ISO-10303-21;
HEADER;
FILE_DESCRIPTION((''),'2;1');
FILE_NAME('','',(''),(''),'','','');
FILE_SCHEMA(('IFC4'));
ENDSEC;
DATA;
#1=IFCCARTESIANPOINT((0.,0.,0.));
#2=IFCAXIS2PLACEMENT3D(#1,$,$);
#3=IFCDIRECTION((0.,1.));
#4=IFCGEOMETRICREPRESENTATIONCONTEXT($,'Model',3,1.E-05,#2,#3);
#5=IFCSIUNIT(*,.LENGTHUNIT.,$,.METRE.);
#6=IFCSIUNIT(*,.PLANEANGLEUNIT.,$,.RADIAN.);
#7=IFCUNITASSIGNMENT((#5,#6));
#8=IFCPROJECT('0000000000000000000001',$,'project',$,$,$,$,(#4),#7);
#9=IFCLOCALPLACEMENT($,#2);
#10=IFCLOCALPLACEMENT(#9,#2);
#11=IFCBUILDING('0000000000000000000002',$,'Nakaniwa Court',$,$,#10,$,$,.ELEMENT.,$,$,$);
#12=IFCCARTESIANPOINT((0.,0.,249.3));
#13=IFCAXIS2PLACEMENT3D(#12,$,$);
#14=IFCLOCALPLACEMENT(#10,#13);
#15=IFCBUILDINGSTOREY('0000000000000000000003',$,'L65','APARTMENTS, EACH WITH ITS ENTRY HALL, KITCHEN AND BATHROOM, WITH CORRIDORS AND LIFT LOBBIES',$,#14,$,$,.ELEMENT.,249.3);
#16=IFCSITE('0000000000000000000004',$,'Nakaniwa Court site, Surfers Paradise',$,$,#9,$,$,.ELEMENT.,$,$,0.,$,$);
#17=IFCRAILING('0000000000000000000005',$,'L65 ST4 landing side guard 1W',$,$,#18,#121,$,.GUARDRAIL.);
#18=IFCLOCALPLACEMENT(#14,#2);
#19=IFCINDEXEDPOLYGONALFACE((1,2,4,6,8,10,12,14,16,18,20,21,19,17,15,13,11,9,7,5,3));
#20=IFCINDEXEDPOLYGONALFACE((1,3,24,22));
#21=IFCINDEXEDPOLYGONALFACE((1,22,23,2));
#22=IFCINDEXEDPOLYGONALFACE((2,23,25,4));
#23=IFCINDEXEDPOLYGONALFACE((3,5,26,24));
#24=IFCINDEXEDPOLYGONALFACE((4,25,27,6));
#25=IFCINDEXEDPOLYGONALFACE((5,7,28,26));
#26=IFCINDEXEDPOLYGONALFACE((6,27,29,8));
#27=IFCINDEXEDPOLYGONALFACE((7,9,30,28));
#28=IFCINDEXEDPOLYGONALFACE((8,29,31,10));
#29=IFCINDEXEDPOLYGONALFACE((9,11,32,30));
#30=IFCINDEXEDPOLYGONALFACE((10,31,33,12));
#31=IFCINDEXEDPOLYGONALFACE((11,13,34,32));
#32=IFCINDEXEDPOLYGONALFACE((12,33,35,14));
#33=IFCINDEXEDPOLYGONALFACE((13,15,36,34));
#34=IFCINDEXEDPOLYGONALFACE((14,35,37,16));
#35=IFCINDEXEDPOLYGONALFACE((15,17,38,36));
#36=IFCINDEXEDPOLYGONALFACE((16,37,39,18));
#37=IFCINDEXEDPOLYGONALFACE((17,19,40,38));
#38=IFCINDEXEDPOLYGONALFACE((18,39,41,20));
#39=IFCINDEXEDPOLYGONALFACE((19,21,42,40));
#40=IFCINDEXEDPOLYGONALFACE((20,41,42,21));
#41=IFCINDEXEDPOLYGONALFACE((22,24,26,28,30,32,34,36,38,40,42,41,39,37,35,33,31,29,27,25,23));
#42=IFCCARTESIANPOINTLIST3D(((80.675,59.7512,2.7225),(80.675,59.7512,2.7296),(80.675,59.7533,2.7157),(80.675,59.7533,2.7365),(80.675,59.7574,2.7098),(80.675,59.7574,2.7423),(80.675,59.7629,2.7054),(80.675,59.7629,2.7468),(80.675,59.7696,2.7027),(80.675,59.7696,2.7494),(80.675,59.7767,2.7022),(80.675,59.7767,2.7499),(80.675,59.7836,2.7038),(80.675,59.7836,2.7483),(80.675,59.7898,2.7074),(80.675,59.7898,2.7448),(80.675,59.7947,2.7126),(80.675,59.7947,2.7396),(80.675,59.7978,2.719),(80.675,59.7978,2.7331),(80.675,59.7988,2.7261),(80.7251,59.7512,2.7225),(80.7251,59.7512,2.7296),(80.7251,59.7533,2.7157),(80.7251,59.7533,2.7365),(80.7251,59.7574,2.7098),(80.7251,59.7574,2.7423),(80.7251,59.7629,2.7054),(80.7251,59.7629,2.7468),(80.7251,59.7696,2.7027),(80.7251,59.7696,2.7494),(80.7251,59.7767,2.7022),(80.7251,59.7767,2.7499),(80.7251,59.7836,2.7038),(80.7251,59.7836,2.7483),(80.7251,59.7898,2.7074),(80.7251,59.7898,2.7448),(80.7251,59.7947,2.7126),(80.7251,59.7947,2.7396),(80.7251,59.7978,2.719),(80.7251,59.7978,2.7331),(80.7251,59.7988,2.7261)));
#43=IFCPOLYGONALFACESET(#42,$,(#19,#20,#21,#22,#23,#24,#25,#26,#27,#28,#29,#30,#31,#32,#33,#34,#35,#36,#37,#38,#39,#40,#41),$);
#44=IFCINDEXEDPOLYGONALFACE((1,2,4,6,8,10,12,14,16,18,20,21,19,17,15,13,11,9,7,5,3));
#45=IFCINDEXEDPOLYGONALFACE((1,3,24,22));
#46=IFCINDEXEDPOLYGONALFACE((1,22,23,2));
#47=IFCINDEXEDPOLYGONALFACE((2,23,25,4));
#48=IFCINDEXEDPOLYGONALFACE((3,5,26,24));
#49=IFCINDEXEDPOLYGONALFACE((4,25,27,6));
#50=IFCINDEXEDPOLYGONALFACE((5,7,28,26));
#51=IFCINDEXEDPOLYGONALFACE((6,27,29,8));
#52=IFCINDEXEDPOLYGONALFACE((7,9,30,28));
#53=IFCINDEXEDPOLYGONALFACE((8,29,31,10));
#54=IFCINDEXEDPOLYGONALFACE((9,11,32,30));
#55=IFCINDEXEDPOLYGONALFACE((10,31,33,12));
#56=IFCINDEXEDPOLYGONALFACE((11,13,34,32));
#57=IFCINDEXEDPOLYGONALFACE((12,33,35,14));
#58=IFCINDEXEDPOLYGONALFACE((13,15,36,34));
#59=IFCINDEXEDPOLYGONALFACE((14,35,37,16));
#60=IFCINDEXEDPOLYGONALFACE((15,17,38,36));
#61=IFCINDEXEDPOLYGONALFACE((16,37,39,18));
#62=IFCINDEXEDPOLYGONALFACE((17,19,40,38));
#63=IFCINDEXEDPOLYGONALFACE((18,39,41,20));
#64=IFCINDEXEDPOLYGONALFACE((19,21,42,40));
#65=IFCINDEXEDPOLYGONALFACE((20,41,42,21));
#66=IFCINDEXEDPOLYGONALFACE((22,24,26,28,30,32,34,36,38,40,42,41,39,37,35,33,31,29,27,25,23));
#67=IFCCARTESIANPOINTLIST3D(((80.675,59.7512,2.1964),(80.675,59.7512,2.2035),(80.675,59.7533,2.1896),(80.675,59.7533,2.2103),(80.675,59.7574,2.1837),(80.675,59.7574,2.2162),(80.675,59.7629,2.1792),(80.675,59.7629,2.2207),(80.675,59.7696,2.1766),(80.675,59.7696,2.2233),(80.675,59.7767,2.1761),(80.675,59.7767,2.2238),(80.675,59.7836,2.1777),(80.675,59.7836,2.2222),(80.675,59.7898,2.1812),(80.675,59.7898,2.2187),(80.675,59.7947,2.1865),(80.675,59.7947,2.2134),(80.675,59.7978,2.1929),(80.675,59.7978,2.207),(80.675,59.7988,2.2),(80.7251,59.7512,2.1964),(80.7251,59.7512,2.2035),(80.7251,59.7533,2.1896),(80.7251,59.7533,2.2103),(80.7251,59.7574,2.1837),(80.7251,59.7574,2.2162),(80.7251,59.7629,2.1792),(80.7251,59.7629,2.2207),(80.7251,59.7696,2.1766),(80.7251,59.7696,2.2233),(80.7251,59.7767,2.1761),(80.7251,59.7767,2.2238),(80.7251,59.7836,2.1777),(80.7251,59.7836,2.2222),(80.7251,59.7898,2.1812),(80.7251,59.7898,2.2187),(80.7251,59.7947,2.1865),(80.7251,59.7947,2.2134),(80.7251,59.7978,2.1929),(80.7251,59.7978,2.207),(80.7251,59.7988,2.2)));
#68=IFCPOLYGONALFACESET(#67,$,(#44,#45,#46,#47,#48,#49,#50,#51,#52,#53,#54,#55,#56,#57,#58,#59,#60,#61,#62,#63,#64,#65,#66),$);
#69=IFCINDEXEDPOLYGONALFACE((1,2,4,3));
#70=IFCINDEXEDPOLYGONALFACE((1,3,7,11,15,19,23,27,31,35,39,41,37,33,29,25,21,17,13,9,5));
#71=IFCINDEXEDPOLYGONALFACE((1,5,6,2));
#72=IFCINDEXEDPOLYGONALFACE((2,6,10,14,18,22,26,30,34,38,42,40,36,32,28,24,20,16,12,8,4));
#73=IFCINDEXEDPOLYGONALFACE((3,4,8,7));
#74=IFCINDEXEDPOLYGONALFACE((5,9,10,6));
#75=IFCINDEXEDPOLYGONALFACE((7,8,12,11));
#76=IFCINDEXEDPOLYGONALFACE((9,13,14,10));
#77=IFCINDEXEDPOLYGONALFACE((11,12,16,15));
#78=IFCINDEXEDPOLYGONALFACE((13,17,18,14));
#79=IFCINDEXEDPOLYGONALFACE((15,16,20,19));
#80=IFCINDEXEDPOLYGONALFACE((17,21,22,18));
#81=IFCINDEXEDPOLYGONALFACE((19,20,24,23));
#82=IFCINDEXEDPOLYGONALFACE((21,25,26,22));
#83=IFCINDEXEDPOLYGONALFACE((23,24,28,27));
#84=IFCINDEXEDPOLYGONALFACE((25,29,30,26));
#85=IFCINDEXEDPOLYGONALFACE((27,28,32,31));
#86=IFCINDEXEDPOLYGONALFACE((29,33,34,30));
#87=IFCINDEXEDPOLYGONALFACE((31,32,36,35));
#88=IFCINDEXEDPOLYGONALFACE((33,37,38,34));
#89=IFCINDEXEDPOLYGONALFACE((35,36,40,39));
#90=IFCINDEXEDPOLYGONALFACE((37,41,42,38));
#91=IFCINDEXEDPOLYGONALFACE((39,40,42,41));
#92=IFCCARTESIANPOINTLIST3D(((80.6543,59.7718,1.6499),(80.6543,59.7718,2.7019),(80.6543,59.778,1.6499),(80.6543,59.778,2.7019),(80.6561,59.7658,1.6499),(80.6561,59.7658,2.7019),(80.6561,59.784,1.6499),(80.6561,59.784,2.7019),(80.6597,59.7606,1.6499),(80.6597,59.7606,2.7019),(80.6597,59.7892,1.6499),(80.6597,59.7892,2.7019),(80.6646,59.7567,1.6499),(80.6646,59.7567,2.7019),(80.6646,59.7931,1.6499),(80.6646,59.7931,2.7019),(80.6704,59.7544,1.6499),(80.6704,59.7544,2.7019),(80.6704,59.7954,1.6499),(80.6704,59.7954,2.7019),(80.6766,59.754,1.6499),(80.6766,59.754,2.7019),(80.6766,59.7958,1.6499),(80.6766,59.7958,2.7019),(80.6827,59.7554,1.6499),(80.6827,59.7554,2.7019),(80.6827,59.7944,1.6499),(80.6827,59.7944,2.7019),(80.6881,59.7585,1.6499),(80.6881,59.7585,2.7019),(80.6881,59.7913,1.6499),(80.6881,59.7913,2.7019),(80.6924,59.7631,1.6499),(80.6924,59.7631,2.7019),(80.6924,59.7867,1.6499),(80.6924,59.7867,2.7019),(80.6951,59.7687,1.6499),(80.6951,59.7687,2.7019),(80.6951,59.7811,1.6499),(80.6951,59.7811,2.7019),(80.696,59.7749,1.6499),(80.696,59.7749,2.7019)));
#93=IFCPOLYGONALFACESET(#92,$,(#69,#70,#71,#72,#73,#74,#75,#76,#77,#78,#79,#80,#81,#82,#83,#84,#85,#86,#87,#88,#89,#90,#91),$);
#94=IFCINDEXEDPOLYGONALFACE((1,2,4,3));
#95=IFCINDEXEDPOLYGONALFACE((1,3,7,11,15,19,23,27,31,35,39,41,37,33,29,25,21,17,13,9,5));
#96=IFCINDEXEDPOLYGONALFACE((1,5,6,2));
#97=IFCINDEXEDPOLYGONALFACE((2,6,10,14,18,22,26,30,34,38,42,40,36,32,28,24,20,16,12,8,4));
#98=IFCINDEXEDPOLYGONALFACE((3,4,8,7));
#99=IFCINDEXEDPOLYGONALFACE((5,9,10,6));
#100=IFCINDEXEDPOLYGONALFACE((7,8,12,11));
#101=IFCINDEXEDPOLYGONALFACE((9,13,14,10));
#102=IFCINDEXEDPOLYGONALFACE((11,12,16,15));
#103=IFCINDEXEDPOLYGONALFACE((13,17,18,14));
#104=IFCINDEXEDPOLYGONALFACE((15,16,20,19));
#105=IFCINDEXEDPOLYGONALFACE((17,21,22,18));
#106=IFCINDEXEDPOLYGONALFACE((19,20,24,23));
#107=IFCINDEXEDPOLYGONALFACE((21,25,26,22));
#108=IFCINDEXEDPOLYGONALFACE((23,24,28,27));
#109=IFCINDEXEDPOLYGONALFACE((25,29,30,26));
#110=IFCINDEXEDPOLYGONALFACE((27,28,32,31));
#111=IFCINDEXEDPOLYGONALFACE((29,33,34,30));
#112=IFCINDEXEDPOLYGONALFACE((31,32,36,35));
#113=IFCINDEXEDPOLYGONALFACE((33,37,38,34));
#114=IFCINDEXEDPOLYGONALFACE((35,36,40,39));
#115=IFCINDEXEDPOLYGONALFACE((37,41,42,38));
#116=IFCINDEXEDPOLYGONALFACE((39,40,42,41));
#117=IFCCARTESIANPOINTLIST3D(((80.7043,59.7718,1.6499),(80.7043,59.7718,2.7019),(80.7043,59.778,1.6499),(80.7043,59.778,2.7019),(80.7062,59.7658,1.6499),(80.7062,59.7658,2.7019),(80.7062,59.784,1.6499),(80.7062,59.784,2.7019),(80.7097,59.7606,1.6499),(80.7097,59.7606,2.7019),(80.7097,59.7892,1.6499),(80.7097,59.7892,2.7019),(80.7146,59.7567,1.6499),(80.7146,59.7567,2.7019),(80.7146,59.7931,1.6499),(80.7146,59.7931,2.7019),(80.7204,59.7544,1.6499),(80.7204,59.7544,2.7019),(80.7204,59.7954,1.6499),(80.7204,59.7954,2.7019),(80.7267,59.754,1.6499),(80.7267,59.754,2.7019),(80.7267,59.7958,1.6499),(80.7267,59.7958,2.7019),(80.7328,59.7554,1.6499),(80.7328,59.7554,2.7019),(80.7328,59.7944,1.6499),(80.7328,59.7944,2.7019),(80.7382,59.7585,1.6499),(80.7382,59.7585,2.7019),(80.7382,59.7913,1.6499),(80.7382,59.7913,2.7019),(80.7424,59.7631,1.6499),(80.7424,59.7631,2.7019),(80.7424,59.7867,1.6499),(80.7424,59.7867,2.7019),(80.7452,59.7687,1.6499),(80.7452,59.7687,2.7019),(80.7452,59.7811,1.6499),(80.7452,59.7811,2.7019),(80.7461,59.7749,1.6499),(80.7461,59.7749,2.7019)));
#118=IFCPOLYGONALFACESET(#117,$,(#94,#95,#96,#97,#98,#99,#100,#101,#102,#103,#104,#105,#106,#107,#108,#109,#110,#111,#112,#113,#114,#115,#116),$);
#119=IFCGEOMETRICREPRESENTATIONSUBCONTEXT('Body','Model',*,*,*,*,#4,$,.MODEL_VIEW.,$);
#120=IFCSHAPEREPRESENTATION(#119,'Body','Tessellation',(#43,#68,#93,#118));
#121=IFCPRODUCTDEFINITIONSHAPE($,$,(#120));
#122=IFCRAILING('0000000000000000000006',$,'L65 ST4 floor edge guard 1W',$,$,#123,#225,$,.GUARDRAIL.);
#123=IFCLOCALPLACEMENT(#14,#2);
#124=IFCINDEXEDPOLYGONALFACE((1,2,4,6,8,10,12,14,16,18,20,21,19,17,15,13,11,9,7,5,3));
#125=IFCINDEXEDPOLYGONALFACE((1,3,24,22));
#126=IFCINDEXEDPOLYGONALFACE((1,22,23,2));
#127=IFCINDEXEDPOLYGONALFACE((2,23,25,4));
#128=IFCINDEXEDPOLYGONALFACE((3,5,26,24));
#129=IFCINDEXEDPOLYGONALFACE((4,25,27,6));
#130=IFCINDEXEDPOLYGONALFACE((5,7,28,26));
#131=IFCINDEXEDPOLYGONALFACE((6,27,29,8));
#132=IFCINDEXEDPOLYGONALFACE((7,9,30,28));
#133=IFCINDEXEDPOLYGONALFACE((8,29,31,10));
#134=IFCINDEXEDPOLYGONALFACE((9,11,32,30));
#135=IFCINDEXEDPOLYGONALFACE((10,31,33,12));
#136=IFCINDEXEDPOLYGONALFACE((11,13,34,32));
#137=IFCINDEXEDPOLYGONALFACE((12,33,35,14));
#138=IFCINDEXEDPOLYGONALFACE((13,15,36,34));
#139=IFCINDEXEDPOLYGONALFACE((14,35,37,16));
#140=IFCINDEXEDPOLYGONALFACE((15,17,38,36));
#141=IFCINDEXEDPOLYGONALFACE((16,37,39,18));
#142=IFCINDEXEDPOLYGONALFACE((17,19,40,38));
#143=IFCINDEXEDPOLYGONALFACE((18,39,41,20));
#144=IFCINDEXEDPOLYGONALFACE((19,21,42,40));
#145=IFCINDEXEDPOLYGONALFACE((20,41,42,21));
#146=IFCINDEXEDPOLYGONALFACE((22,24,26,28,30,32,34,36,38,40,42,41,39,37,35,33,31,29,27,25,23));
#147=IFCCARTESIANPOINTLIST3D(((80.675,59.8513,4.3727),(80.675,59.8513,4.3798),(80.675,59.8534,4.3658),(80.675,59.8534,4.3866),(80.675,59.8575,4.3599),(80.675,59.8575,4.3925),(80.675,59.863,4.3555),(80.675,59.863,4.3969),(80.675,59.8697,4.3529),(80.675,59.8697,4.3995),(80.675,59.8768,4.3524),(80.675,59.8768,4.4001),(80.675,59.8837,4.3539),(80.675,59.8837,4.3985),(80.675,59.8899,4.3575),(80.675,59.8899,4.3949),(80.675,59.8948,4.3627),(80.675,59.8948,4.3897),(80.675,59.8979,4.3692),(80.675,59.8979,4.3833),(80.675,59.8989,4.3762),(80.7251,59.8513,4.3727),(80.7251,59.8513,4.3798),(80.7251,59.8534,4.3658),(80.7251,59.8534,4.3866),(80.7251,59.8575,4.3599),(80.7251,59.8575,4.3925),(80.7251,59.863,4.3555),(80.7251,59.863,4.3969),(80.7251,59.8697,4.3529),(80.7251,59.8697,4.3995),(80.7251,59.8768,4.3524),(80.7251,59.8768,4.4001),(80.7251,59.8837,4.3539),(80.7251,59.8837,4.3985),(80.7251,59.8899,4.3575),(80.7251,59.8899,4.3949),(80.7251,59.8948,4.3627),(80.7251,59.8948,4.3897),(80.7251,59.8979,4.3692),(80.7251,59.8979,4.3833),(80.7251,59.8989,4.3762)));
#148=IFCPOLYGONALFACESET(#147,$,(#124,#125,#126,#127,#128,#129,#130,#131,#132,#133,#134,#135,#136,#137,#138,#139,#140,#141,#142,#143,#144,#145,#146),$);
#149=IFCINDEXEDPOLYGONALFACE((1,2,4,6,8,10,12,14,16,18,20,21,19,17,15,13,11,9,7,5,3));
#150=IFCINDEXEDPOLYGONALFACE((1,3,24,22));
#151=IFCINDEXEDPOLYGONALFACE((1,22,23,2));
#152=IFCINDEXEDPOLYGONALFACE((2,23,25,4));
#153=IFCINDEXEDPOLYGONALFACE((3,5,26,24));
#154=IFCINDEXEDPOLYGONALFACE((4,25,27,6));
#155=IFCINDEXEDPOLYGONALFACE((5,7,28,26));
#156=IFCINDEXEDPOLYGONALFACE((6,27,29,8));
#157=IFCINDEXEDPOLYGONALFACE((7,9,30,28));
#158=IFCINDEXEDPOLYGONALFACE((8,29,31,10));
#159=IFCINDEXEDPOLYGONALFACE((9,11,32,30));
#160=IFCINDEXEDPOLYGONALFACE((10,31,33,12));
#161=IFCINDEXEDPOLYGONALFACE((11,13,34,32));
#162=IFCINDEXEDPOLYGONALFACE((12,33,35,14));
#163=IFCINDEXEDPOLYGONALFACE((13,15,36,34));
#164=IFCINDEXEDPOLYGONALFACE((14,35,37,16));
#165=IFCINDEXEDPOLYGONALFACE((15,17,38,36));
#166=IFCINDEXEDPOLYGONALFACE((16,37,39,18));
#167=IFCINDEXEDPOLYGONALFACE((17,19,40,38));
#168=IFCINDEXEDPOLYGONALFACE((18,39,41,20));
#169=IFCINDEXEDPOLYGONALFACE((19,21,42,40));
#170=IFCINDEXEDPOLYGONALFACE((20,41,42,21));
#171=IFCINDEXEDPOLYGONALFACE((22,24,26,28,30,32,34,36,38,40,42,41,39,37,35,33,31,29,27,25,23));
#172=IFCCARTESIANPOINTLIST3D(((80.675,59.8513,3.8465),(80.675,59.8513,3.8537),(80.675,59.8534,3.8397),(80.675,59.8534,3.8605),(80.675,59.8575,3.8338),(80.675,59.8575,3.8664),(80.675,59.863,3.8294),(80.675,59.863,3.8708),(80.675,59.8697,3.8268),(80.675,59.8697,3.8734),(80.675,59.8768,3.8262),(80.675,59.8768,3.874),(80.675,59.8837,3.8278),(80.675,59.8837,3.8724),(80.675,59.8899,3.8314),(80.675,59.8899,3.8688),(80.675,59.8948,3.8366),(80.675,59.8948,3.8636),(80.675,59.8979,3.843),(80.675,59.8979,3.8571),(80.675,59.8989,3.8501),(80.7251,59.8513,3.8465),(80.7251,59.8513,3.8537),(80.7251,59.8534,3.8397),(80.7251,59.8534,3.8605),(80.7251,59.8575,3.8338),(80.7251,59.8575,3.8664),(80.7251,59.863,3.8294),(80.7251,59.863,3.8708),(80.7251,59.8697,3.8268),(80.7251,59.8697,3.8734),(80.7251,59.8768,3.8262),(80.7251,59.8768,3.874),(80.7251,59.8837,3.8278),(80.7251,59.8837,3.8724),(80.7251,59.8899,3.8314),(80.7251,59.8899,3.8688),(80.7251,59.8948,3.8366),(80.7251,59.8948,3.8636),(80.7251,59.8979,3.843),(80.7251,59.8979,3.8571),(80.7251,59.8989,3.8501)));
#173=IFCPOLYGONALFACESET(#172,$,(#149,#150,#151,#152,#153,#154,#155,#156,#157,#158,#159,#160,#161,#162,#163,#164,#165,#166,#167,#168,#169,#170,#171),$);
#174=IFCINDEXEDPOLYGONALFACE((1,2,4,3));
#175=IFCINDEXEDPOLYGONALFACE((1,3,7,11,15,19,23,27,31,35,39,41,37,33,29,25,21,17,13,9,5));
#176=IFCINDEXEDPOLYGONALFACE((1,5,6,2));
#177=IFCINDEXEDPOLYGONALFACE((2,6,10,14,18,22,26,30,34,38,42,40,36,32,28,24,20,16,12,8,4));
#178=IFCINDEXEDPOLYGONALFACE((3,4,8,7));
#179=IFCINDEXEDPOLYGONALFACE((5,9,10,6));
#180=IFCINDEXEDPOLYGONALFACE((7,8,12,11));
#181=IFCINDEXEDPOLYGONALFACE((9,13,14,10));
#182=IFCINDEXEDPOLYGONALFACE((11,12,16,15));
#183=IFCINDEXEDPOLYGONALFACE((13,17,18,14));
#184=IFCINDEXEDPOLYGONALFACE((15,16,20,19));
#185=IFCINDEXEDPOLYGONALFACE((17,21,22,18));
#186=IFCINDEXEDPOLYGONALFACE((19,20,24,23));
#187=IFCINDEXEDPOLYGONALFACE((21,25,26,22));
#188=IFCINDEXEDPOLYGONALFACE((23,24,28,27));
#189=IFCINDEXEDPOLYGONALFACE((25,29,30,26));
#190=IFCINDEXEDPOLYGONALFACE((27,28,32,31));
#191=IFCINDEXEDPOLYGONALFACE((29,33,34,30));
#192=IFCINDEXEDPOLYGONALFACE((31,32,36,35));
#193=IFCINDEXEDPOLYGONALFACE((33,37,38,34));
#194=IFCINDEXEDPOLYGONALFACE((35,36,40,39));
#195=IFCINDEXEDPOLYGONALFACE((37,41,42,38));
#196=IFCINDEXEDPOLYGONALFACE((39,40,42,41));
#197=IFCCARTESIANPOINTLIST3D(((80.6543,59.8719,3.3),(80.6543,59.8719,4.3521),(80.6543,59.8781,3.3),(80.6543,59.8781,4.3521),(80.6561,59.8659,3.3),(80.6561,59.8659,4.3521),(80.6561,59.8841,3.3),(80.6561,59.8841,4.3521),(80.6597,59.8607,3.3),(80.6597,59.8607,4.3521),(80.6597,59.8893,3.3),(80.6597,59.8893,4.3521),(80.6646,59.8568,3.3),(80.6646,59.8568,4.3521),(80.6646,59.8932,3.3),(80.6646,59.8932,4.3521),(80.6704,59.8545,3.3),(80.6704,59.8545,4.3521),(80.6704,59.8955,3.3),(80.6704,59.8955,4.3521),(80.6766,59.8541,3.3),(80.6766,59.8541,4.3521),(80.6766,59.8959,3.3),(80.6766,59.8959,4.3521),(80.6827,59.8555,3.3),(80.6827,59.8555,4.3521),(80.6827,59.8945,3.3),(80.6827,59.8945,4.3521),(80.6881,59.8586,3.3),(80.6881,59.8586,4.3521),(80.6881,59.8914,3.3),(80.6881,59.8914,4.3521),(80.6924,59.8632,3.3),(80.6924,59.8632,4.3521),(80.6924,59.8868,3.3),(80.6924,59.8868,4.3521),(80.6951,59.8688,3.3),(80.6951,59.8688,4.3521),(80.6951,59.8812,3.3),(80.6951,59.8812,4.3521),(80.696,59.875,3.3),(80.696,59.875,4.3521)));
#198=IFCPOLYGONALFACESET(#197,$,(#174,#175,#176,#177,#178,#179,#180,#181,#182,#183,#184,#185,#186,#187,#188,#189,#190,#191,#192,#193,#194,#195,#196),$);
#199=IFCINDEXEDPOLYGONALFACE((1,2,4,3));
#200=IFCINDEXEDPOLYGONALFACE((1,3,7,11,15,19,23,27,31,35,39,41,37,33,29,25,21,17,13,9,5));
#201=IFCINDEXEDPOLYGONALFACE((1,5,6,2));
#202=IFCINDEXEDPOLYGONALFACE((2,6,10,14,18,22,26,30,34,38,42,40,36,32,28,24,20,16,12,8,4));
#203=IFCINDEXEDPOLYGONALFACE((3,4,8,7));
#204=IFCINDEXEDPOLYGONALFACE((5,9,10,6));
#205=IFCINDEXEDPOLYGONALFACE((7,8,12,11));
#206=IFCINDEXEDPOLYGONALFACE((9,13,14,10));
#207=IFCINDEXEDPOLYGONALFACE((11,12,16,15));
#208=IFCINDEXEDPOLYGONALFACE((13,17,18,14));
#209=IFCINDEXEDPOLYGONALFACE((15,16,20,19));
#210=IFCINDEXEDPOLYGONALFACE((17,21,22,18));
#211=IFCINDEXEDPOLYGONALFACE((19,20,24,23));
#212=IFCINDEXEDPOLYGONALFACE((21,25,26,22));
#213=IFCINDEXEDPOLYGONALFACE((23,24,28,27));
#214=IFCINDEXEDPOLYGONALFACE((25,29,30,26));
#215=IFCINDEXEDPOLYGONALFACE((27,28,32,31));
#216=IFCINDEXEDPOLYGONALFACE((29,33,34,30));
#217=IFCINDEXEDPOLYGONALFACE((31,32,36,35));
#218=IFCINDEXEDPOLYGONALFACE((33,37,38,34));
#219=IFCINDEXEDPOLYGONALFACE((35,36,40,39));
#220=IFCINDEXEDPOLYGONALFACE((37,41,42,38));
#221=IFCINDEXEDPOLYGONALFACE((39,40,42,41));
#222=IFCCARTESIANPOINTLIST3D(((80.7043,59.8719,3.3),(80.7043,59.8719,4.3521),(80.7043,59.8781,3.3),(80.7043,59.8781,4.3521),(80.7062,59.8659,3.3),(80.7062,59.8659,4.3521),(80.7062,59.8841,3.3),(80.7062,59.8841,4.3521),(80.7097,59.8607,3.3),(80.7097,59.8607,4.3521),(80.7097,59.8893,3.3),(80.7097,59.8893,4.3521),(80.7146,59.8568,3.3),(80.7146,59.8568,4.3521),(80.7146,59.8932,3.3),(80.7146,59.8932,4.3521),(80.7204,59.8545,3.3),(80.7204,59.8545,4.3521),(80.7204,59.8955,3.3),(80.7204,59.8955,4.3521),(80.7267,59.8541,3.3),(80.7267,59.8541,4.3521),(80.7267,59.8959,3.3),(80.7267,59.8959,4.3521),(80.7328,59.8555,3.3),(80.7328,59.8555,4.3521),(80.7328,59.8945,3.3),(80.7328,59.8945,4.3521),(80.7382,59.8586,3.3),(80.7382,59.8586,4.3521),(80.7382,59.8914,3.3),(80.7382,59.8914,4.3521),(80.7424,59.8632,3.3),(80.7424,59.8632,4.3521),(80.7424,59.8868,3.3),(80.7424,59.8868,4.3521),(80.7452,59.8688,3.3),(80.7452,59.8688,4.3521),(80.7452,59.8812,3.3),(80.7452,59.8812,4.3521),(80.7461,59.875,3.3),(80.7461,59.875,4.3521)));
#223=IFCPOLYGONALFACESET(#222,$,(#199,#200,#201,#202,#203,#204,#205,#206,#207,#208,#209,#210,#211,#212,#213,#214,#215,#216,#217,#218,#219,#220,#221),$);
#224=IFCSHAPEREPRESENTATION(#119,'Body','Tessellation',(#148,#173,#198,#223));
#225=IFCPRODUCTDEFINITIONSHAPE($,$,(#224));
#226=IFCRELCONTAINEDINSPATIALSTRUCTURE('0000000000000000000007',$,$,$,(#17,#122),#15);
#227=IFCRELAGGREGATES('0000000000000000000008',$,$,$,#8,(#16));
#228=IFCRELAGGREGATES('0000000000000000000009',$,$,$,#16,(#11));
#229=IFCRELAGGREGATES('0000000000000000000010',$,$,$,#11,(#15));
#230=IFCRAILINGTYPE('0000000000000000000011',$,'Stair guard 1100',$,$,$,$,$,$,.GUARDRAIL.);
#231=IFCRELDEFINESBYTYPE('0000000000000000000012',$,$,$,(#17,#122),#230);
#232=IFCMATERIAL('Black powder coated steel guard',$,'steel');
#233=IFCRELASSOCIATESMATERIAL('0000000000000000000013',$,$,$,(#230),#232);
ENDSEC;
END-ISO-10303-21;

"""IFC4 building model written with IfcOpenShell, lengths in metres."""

from ifc_helpers import new_model, si_unit, direction, frame, origin, origin_2d, place, context, subcontext, project, spatial, circle, extrude, material, type_object, element, save


model = new_model("IFC4")

# Units and contexts
model_context = context("Model", 3, precision=1e-05, world=origin(), true_north=direction((0.0, 1.0)))
body_context = subcontext(model_context, "Body", "Model", "MODEL_VIEW")
ifc_project = project(units=[si_unit("LENGTHUNIT", "METRE"), si_unit("PLANEANGLEUNIT", "RADIAN")], contexts=[model_context])

# Site, building, storey
site_placement = place(None, origin())
site = spatial("IfcSite", under=ifc_project, at=site_placement, Name="Nakaniwa Court site, Surfers Paradise", CompositionType="ELEMENT", RefElevation=0.0)
building_placement = place(site_placement, origin())
building = spatial("IfcBuilding", under=site, at=building_placement, Name="Nakaniwa Court", CompositionType="ELEMENT")
storey_placement = place(building_placement, frame((0.0, 0.0, 249.3)))
storey = spatial("IfcBuildingStorey", under=building, at=storey_placement, Name="L65", Description="APARTMENTS, EACH WITH ITS ENTRY HALL, KITCHEN AND BATHROOM, WITH CORRIDORS AND LIFT LOBBIES", CompositionType="ELEMENT", Elevation=249.3)

# Railings
ifc_material_1 = material(Name="Black powder coated steel guard", Category="steel")
railing_type_1 = type_object("IfcRailingType", Name="Stair guard 1100", PredefinedType="GUARDRAIL", material=ifc_material_1)
for number, where, name in (
    (1, (80.675, 59.7749, 1.6499), "L65 ST4 landing side guard 1W"),
    (2, (80.675, 59.875, 3.3), "L65 ST4 floor edge guard 1W"),
):
    element("IfcRailing", number, at=place(storey_placement, frame(where)), inside=storey, type_object=railing_type_1, Name=name, PredefinedType="GUARDRAIL", context=body_context, shape_type="SweptSolid", body=[
        extrude(circle(Radius=0.0239, at=origin_2d()), frame((0.0, 0.0, 1.0762), z_axis=(1.0, 0.0, 0.0), x_axis=(0.0, 1.0, 0.0)), (0.0, 0.0, 1.0), 0.05),
        extrude(circle(Radius=0.0239, at=origin_2d()), frame((0.0, 0.0, 0.55), z_axis=(1.0, 0.0, 0.0), x_axis=(0.0, 1.0, 0.0)), (0.0, 0.0, 1.0), 0.05),
        extrude(circle(Radius=0.021, at=origin_2d()), origin(), (0.0, 0.0, 1.0), 1.052),
        extrude(circle(Radius=0.021, at=origin_2d()), frame((0.05, 0.0, 0.0)), (0.0, 0.0, 1.0), 1.052),
    ])

save(model, "model.ifc")
